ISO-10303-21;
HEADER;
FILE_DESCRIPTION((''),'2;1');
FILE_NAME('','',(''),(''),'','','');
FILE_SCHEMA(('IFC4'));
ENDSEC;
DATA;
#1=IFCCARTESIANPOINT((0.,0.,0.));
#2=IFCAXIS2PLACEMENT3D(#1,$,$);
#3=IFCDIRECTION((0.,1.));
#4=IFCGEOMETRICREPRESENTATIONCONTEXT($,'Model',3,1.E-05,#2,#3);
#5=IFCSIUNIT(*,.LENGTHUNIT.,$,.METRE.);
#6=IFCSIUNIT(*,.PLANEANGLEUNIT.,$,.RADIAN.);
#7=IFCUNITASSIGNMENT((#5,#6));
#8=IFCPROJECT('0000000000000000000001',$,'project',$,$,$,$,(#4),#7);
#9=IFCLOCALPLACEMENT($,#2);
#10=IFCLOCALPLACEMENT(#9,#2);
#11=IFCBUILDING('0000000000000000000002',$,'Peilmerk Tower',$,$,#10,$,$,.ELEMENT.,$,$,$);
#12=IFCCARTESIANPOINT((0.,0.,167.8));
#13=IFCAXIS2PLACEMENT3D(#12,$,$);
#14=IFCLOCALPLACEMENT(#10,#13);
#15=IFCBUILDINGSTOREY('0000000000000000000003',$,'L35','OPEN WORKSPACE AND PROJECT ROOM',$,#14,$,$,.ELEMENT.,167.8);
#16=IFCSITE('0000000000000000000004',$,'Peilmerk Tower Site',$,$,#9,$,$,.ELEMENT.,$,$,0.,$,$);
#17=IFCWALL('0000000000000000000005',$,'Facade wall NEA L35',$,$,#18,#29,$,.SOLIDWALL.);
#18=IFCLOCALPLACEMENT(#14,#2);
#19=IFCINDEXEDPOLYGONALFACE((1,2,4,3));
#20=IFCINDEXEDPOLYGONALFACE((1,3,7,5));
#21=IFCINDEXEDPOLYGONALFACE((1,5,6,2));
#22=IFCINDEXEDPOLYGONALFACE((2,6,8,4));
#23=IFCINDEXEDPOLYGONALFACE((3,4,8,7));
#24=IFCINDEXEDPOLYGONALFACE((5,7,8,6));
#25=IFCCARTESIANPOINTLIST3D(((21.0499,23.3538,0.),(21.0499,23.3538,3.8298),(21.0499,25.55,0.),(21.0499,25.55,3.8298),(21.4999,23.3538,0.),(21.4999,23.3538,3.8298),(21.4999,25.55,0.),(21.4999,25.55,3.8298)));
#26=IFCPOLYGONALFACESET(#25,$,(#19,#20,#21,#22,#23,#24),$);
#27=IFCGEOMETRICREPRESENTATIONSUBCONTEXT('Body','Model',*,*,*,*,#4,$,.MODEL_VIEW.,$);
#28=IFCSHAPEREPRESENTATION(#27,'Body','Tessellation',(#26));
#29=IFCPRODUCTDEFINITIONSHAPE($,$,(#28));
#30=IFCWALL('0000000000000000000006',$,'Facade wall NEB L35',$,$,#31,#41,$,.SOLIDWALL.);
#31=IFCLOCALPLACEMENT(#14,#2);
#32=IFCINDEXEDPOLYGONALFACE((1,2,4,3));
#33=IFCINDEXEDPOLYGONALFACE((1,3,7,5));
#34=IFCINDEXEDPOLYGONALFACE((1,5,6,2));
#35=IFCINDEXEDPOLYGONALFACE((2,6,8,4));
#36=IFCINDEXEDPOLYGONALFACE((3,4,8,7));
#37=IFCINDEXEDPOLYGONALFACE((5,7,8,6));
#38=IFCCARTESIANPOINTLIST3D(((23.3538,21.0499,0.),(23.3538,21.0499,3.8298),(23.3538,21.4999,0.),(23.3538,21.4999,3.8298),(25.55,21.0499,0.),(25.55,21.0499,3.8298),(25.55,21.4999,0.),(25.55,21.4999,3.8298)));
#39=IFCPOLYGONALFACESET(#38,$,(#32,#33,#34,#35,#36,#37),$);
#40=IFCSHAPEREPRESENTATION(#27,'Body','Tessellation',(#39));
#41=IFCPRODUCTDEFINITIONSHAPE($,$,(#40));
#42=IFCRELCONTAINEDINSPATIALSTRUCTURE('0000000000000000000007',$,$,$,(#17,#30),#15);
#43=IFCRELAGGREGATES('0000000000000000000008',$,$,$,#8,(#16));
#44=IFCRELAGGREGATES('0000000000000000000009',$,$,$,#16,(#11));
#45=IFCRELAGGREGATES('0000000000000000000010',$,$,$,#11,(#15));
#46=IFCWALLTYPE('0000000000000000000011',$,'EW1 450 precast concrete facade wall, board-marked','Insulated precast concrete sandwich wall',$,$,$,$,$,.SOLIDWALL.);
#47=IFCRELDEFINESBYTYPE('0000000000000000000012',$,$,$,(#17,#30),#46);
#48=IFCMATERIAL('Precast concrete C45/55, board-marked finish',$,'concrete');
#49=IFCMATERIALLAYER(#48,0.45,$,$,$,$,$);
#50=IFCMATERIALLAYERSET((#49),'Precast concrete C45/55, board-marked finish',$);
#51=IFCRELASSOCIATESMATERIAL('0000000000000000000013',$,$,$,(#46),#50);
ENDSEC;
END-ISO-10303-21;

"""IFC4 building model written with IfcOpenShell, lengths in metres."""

from ifc_helpers import new_model, si_unit, direction, frame, frame_2d, origin, place, context, subcontext, project, spatial, rectangle, extrude, material, layer, layer_set, type_object, element, save


model = new_model("IFC4")

# Units and contexts
model_context = context("Model", 3, precision=1e-05, world=origin(), true_north=direction((0.0, 1.0)))
body_context = subcontext(model_context, "Body", "Model", "MODEL_VIEW")
ifc_project = project(units=[si_unit("LENGTHUNIT", "METRE"), si_unit("PLANEANGLEUNIT", "RADIAN")], contexts=[model_context])

# Site, building, storey
site_placement = place(None, origin())
site = spatial("IfcSite", under=ifc_project, at=site_placement, Name="Peilmerk Tower Site", CompositionType="ELEMENT", RefElevation=0.0)
building_placement = place(site_placement, origin())
building = spatial("IfcBuilding", under=site, at=building_placement, Name="Peilmerk Tower", CompositionType="ELEMENT")
storey_placement = place(building_placement, frame((0.0, 0.0, 167.8)))
storey = spatial("IfcBuildingStorey", under=building, at=storey_placement, Name="L35", Description="OPEN WORKSPACE AND PROJECT ROOM", CompositionType="ELEMENT", Elevation=167.8)

# Shared definitions
ifc_material_1 = material(Name="Precast concrete C45/55, board-marked finish", Category="concrete")
ifc_layer_1 = layer(ifc_material_1, 0.45)
ifc_layer_set_1 = layer_set([ifc_layer_1], Name="Precast concrete C45/55, board-marked finish")
wall_type = type_object("IfcWallType", Name="EW1 450 precast concrete facade wall, board-marked", Description="Insulated precast concrete sandwich wall", PredefinedType="SOLIDWALL", material=ifc_layer_set_1)

# Walls
for number, where, z_axis, x_axis, name in (
    (1, (21.2749, 23.3538, 0.0), (0.0, 0.0, 1.0), (0.0, 1.0, 0.0), "Facade wall NEA L35"),
    (2, (23.3538, 21.2749, 0.0), (0.0, 0.0, 1.0), (1.0, 0.0, 0.0), "Facade wall NEB L35"),
):
    element("IfcWall", number, at=place(storey_placement, frame(where, z_axis=z_axis, x_axis=x_axis)), inside=storey, type_object=wall_type, Name=name, PredefinedType="SOLIDWALL", context=body_context, shape_type="SweptSolid", body=[
        extrude(rectangle(XDim=2.1963, YDim=0.45, at=frame_2d((1.0981, 0.0))), origin(), (0.0, 0.0, 1.0), 3.8298),
    ])

save(model, "model.ifc")
